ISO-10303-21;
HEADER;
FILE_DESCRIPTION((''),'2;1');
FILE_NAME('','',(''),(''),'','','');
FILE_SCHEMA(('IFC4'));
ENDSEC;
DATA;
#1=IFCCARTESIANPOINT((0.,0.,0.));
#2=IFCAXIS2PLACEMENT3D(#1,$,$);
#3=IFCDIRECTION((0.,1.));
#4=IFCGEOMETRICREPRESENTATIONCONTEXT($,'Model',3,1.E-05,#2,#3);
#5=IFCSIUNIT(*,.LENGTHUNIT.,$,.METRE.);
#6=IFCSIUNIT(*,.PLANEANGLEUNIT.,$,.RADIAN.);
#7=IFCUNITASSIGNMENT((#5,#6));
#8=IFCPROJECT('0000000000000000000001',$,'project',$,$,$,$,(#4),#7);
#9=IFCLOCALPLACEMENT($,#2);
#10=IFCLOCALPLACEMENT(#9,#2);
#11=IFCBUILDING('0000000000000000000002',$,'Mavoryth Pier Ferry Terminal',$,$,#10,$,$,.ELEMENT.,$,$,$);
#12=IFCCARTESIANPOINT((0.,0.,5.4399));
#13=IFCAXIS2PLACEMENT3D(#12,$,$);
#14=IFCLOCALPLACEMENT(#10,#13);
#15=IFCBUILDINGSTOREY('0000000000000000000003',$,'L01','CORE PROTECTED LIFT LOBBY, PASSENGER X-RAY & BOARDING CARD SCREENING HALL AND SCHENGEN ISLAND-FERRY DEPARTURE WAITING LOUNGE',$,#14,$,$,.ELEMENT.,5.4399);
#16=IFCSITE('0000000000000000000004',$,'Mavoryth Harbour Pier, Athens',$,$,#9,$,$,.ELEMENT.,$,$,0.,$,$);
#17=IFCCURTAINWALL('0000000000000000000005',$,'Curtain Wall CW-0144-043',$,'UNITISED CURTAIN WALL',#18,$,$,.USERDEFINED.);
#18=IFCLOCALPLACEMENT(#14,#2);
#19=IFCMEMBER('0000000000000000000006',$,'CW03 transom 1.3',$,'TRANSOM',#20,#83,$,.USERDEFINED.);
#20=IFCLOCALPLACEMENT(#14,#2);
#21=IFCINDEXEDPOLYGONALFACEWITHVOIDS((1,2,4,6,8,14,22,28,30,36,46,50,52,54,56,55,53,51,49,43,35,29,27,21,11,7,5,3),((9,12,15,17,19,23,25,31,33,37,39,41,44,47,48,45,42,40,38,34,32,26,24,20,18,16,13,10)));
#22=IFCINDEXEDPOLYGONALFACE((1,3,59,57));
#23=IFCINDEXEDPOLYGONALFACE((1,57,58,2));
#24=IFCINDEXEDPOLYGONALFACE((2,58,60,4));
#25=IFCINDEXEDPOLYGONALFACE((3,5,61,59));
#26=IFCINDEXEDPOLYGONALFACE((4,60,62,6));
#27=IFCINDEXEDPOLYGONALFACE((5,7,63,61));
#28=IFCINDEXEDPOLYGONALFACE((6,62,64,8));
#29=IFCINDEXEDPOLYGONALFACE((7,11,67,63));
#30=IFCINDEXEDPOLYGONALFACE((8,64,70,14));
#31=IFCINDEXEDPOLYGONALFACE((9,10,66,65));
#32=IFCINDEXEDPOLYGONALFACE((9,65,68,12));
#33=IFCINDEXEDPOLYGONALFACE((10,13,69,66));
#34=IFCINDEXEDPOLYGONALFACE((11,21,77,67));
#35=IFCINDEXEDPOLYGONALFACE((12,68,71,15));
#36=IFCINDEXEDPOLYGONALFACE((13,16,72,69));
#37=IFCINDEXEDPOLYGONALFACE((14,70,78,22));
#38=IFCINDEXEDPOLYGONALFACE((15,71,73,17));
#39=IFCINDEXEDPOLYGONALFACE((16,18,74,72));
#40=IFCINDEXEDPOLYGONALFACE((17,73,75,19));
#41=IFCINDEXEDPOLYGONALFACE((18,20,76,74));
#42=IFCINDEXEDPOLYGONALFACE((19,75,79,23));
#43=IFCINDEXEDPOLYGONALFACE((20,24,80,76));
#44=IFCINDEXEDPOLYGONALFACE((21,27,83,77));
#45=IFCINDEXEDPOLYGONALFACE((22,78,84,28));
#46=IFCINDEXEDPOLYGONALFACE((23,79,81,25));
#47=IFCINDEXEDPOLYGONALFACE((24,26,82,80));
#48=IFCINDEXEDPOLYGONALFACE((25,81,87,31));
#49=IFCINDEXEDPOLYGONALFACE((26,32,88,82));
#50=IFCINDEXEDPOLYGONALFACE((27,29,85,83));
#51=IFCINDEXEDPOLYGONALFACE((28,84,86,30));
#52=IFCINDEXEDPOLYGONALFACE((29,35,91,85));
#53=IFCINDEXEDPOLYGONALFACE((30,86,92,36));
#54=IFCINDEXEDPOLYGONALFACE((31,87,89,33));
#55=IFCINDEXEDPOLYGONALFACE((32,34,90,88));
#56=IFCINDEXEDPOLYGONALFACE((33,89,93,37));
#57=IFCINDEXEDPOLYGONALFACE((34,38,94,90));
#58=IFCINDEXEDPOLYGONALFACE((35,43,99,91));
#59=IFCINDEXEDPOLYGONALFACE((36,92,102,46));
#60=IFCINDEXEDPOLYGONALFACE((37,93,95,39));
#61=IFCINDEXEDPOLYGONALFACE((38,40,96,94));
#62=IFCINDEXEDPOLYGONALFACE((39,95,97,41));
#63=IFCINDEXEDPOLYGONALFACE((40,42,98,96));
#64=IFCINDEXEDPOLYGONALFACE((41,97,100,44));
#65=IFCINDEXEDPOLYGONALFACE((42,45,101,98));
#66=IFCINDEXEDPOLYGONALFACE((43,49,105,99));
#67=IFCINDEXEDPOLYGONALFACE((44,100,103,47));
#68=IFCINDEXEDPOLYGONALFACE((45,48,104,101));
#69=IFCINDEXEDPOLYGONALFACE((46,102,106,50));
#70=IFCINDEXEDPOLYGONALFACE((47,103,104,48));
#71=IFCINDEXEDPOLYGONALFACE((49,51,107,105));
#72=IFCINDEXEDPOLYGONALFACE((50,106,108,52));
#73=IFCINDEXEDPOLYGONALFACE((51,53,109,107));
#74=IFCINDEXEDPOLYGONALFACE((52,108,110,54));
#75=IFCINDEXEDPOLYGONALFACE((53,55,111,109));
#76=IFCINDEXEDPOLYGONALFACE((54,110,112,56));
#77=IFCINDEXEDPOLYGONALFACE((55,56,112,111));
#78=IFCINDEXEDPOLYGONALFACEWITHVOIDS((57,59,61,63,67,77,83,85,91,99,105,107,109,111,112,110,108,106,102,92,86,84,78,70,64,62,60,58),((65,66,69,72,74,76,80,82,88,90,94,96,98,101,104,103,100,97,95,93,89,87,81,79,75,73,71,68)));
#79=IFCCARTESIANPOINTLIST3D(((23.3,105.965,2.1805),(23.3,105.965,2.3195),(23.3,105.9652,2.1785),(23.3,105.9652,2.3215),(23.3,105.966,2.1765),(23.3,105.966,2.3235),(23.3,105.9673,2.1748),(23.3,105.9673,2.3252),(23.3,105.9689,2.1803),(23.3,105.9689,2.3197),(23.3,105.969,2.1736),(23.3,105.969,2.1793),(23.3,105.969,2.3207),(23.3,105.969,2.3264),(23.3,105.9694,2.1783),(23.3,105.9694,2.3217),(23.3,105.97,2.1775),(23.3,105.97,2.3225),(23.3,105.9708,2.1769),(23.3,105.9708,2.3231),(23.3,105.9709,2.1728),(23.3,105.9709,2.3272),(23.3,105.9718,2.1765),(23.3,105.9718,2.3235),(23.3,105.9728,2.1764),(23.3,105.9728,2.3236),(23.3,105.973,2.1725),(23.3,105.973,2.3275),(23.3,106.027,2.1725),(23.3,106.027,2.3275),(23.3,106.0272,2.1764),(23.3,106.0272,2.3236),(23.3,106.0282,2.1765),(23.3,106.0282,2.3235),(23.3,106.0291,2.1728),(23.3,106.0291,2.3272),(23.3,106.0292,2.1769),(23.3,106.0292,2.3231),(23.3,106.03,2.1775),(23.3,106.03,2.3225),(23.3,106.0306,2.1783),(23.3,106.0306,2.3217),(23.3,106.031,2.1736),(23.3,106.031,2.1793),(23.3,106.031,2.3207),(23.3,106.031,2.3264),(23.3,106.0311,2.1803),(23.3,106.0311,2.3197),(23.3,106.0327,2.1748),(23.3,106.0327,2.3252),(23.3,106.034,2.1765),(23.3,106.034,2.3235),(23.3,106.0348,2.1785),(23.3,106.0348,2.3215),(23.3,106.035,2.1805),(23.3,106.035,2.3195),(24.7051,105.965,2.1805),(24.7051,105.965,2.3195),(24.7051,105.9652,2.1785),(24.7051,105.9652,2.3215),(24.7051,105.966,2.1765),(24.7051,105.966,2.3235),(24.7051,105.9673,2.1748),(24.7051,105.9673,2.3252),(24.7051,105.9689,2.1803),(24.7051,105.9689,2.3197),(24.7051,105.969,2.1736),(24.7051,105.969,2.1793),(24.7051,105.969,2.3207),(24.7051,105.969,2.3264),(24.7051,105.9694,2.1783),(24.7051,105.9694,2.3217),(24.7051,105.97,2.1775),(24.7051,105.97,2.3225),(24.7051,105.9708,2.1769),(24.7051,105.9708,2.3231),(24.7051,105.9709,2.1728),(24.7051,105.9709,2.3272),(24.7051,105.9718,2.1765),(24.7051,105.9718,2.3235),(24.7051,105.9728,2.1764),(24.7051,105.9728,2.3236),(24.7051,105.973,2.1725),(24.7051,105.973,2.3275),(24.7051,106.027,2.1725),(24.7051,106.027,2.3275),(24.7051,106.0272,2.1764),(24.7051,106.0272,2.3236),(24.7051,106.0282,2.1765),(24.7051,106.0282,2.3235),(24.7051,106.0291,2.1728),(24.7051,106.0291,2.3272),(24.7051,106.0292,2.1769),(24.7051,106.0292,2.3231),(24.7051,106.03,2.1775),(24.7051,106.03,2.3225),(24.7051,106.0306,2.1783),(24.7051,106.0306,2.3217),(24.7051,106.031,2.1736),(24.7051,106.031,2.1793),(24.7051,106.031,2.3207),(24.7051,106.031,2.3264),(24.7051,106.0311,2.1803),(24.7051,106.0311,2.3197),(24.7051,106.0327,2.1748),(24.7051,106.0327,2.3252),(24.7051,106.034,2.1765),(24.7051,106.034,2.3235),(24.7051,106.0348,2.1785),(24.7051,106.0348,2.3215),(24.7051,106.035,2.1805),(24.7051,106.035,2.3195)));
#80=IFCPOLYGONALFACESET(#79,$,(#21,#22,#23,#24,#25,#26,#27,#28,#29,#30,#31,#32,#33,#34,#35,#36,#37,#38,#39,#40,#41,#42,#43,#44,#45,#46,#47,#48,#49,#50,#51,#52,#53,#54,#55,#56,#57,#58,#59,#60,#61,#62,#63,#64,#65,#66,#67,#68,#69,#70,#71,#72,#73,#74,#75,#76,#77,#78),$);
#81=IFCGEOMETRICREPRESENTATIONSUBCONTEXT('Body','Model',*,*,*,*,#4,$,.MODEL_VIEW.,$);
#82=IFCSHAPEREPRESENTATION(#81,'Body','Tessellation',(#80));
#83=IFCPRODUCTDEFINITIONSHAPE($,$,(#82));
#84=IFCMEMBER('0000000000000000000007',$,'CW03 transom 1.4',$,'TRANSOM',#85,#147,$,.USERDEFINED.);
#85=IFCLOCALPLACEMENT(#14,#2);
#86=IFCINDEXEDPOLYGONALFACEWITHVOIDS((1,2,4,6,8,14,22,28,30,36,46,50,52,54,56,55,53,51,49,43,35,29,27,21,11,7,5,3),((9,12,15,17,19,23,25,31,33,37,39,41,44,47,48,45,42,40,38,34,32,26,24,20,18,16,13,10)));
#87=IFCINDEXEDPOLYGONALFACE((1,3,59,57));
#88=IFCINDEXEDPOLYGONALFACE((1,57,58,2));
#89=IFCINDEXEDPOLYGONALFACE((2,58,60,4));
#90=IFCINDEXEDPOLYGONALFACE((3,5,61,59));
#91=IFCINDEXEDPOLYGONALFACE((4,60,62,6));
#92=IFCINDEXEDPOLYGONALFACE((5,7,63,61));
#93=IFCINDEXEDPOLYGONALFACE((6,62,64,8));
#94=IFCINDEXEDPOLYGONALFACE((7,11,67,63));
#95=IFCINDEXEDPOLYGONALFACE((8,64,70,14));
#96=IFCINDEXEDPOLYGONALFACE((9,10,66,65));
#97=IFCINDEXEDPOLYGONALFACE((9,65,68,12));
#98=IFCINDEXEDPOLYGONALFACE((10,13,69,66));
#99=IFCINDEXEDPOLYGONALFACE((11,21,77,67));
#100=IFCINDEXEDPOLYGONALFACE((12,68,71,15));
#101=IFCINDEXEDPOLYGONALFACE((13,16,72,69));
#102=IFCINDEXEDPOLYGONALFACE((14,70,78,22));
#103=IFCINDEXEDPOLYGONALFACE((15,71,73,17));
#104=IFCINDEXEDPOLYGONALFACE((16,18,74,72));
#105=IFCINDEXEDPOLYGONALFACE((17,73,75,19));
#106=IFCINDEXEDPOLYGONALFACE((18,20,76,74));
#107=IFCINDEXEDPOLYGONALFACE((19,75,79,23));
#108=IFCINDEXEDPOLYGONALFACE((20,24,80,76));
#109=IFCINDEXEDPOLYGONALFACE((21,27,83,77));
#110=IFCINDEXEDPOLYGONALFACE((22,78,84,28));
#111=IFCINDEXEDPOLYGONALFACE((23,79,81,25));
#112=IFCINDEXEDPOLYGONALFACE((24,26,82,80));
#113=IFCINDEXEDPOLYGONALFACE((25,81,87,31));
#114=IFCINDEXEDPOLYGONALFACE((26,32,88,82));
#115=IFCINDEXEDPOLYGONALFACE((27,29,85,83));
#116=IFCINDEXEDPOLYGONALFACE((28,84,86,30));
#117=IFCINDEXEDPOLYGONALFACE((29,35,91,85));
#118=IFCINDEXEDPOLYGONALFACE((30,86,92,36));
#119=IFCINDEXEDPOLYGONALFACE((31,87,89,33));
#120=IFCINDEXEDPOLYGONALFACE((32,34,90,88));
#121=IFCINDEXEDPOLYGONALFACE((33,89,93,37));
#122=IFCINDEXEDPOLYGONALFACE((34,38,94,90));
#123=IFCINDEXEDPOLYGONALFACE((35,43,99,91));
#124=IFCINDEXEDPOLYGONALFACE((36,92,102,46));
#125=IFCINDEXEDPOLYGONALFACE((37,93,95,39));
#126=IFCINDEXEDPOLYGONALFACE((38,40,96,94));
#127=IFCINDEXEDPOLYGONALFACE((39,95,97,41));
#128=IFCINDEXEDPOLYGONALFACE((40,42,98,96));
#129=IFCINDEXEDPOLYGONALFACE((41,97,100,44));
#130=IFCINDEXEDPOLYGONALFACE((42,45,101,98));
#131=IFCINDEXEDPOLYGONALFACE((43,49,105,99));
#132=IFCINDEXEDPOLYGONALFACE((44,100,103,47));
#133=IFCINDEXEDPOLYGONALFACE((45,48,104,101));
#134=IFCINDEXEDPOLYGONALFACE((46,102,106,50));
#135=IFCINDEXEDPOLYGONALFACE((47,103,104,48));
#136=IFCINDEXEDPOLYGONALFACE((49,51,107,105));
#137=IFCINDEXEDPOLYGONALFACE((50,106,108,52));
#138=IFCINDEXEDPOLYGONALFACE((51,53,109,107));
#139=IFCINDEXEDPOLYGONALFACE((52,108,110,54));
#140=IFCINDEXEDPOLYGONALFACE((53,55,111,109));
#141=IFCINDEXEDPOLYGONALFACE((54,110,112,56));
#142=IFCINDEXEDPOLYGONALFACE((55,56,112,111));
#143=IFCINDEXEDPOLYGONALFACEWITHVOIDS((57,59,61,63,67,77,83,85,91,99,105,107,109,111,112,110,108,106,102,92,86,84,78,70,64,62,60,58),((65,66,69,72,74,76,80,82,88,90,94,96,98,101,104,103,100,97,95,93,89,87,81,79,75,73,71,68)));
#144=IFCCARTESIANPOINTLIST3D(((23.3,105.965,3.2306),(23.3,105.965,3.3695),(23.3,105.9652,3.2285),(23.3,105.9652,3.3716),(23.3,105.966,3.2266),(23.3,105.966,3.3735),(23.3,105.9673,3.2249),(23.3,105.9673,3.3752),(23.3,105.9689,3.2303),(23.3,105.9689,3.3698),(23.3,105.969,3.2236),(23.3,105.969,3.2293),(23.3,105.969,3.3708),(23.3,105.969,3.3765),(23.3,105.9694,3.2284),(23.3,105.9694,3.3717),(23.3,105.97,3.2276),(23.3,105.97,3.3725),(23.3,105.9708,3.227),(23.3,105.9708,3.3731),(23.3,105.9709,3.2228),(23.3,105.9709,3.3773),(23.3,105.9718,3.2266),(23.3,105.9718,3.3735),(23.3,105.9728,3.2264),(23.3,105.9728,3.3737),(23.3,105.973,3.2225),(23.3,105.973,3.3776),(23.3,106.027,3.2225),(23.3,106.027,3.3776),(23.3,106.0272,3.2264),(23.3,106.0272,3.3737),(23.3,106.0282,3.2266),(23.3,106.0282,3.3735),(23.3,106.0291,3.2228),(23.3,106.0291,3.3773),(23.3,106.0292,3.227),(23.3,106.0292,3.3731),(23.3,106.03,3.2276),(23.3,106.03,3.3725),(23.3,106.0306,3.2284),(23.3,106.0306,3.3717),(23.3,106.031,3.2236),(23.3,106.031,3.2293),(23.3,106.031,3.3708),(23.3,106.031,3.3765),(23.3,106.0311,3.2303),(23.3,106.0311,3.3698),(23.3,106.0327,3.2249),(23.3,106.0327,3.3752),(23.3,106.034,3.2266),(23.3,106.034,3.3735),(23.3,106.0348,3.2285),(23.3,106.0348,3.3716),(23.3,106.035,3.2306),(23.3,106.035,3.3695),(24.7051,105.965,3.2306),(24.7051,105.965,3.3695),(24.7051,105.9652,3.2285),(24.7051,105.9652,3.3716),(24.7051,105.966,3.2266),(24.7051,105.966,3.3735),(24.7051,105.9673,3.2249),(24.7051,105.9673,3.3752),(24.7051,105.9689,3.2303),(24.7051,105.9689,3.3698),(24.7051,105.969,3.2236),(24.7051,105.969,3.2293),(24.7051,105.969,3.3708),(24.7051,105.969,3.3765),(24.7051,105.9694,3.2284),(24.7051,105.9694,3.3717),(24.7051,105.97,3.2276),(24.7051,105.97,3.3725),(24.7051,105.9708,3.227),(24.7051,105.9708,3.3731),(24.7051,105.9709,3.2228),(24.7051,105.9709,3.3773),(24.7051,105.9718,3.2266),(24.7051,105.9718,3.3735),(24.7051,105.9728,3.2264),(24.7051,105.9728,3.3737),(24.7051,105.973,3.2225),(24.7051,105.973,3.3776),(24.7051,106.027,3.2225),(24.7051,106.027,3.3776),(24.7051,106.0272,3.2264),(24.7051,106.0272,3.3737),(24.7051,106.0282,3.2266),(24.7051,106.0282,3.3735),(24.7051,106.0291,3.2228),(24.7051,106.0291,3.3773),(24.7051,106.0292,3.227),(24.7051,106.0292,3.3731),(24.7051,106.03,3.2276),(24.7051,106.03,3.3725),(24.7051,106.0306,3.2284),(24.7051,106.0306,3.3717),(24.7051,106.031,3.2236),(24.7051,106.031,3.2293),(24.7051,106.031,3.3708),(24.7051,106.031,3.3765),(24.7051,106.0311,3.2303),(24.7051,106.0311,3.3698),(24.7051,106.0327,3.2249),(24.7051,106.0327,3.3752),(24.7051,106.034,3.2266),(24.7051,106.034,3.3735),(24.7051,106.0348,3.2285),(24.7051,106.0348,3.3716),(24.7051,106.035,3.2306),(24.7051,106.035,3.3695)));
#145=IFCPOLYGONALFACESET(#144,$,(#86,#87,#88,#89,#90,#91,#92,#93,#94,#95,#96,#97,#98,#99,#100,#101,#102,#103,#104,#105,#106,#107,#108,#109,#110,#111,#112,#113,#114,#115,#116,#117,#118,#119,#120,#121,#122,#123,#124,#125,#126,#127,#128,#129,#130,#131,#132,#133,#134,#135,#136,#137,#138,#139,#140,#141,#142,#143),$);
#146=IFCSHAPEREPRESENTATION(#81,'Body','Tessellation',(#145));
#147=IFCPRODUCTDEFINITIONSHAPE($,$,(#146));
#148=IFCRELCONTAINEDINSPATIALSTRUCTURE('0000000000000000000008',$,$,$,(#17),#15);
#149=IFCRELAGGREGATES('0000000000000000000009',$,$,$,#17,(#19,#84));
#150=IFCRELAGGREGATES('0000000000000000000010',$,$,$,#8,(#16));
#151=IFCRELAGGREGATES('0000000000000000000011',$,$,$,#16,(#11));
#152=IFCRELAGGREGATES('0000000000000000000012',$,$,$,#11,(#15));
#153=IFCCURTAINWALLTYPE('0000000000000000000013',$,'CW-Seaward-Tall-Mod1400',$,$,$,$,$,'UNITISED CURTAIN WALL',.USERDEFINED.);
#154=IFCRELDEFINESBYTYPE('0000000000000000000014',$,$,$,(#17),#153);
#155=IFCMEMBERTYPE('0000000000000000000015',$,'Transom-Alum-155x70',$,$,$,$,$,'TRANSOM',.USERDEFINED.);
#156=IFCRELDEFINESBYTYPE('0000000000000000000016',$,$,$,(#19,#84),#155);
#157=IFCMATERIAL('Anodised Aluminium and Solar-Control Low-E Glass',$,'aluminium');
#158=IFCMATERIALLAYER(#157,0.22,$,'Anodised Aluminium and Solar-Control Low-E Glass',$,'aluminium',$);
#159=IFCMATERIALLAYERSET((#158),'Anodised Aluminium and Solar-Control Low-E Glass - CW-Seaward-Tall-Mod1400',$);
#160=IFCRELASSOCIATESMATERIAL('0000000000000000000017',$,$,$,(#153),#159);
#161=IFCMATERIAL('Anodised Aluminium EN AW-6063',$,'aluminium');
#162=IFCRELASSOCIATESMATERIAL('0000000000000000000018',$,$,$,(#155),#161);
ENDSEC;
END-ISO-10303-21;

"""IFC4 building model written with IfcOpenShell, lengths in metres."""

from ifc_helpers import new_model, si_unit, direction, frame, origin, origin_2d, place, context, subcontext, project, spatial, hollow_rectangle, extrude, material, layer, layer_set, material_profile, profile_set, type_object, element, aggregate, save


model = new_model("IFC4")

# Units and contexts
model_context = context("Model", 3, precision=1e-05, world=origin(), true_north=direction((0.0, 1.0)))
body_context = subcontext(model_context, "Body", "Model", "MODEL_VIEW")
ifc_project = project(units=[si_unit("LENGTHUNIT", "METRE"), si_unit("PLANEANGLEUNIT", "RADIAN")], contexts=[model_context])

# Site, building, storey
site_placement = place(None, origin())
site = spatial("IfcSite", under=ifc_project, at=site_placement, Name="Mavoryth Harbour Pier, Athens", CompositionType="ELEMENT", RefElevation=0.0)
building_placement = place(site_placement, origin())
building = spatial("IfcBuilding", under=site, at=building_placement, Name="Mavoryth Pier Ferry Terminal", CompositionType="ELEMENT")
storey_placement = place(building_placement, frame((0.0, 0.0, 5.4399)))
storey = spatial("IfcBuildingStorey", under=building, at=storey_placement, Name="L01", Description="CORE PROTECTED LIFT LOBBY, PASSENGER X-RAY & BOARDING CARD SCREENING HALL AND SCHENGEN ISLAND-FERRY DEPARTURE WAITING LOUNGE", CompositionType="ELEMENT", Elevation=5.4399)

# Curtain wall
ifc_material_1 = material(Name="Anodised Aluminium and Solar-Control Low-E Glass", Category="aluminium")
ifc_layer_1 = layer(ifc_material_1, 0.22, Name="Anodised Aluminium and Solar-Control Low-E Glass", Category="aluminium")
ifc_layer_set_1 = layer_set([ifc_layer_1], Name="Anodised Aluminium and Solar-Control Low-E Glass - CW-Seaward-Tall-Mod1400")
curtain_wall_type = type_object("IfcCurtainWallType", Name="CW-Seaward-Tall-Mod1400", ElementType="UNITISED CURTAIN WALL", PredefinedType="USERDEFINED", material=ifc_layer_set_1)
curtain_wall_1_placement = place(storey_placement, origin())
curtain_wall_1 = element("IfcCurtainWall", 1, at=curtain_wall_1_placement, inside=storey, type_object=curtain_wall_type, Name="Curtain Wall CW-0144-043", ObjectType="UNITISED CURTAIN WALL", PredefinedType="USERDEFINED")
ifc_material_2 = material(Name="Anodised Aluminium EN AW-6063", Category="aluminium")

# Members
ifc_material_profile_1 = material_profile(ifc_material_2, hollow_rectangle(XDim=0.0701, YDim=0.155, WallThickness=0.0039, InnerFilletRadius=0.0039, OuterFilletRadius=0.0081, at=origin_2d()), Name="AL-TRAN 155x70x4", Category="aluminium")
ifc_profile_set_1 = profile_set([ifc_material_profile_1], Name="Anodised Aluminium EN AW-6063 - AL-TRAN 155x70x4")
member_type_1 = type_object("IfcMemberType", Name="Transom-Alum-155x70", ElementType="TRANSOM", PredefinedType="USERDEFINED", material=ifc_profile_set_1)
member_1_placement = place(storey_placement, frame((24.7051, 106.0, 2.25), z_axis=(-1.0, 0.0, 0.0), x_axis=(0.0, -1.0, 0.0)))
member_1 = element("IfcMember", 2, at=member_1_placement, type_object=member_type_1, Name="CW03 transom 1.3", ObjectType="TRANSOM", PredefinedType="USERDEFINED", context=body_context, shape_type="SweptSolid", body=[
    extrude(hollow_rectangle(XDim=0.0701, YDim=0.155, WallThickness=0.0039, InnerFilletRadius=0.0039, OuterFilletRadius=0.0081, at=origin_2d()), origin(), (0.0, 0.0, 1.0), 1.405),
])
member_2_placement = place(storey_placement, frame((24.7051, 106.0, 3.3), z_axis=(-1.0, 0.0, 0.0), x_axis=(0.0, -1.0, 0.0)))
member_2 = element("IfcMember", 3, at=member_2_placement, type_object=member_type_1, Name="CW03 transom 1.4", ObjectType="TRANSOM", PredefinedType="USERDEFINED", context=body_context, shape_type="SweptSolid", body=[
    extrude(hollow_rectangle(XDim=0.0701, YDim=0.155, WallThickness=0.0039, InnerFilletRadius=0.0039, OuterFilletRadius=0.0081, at=origin_2d()), origin(), (0.0, 0.0, 1.0), 1.405),
])

aggregate(curtain_wall_1, [member_1, member_2])

save(model, "model.ifc")
